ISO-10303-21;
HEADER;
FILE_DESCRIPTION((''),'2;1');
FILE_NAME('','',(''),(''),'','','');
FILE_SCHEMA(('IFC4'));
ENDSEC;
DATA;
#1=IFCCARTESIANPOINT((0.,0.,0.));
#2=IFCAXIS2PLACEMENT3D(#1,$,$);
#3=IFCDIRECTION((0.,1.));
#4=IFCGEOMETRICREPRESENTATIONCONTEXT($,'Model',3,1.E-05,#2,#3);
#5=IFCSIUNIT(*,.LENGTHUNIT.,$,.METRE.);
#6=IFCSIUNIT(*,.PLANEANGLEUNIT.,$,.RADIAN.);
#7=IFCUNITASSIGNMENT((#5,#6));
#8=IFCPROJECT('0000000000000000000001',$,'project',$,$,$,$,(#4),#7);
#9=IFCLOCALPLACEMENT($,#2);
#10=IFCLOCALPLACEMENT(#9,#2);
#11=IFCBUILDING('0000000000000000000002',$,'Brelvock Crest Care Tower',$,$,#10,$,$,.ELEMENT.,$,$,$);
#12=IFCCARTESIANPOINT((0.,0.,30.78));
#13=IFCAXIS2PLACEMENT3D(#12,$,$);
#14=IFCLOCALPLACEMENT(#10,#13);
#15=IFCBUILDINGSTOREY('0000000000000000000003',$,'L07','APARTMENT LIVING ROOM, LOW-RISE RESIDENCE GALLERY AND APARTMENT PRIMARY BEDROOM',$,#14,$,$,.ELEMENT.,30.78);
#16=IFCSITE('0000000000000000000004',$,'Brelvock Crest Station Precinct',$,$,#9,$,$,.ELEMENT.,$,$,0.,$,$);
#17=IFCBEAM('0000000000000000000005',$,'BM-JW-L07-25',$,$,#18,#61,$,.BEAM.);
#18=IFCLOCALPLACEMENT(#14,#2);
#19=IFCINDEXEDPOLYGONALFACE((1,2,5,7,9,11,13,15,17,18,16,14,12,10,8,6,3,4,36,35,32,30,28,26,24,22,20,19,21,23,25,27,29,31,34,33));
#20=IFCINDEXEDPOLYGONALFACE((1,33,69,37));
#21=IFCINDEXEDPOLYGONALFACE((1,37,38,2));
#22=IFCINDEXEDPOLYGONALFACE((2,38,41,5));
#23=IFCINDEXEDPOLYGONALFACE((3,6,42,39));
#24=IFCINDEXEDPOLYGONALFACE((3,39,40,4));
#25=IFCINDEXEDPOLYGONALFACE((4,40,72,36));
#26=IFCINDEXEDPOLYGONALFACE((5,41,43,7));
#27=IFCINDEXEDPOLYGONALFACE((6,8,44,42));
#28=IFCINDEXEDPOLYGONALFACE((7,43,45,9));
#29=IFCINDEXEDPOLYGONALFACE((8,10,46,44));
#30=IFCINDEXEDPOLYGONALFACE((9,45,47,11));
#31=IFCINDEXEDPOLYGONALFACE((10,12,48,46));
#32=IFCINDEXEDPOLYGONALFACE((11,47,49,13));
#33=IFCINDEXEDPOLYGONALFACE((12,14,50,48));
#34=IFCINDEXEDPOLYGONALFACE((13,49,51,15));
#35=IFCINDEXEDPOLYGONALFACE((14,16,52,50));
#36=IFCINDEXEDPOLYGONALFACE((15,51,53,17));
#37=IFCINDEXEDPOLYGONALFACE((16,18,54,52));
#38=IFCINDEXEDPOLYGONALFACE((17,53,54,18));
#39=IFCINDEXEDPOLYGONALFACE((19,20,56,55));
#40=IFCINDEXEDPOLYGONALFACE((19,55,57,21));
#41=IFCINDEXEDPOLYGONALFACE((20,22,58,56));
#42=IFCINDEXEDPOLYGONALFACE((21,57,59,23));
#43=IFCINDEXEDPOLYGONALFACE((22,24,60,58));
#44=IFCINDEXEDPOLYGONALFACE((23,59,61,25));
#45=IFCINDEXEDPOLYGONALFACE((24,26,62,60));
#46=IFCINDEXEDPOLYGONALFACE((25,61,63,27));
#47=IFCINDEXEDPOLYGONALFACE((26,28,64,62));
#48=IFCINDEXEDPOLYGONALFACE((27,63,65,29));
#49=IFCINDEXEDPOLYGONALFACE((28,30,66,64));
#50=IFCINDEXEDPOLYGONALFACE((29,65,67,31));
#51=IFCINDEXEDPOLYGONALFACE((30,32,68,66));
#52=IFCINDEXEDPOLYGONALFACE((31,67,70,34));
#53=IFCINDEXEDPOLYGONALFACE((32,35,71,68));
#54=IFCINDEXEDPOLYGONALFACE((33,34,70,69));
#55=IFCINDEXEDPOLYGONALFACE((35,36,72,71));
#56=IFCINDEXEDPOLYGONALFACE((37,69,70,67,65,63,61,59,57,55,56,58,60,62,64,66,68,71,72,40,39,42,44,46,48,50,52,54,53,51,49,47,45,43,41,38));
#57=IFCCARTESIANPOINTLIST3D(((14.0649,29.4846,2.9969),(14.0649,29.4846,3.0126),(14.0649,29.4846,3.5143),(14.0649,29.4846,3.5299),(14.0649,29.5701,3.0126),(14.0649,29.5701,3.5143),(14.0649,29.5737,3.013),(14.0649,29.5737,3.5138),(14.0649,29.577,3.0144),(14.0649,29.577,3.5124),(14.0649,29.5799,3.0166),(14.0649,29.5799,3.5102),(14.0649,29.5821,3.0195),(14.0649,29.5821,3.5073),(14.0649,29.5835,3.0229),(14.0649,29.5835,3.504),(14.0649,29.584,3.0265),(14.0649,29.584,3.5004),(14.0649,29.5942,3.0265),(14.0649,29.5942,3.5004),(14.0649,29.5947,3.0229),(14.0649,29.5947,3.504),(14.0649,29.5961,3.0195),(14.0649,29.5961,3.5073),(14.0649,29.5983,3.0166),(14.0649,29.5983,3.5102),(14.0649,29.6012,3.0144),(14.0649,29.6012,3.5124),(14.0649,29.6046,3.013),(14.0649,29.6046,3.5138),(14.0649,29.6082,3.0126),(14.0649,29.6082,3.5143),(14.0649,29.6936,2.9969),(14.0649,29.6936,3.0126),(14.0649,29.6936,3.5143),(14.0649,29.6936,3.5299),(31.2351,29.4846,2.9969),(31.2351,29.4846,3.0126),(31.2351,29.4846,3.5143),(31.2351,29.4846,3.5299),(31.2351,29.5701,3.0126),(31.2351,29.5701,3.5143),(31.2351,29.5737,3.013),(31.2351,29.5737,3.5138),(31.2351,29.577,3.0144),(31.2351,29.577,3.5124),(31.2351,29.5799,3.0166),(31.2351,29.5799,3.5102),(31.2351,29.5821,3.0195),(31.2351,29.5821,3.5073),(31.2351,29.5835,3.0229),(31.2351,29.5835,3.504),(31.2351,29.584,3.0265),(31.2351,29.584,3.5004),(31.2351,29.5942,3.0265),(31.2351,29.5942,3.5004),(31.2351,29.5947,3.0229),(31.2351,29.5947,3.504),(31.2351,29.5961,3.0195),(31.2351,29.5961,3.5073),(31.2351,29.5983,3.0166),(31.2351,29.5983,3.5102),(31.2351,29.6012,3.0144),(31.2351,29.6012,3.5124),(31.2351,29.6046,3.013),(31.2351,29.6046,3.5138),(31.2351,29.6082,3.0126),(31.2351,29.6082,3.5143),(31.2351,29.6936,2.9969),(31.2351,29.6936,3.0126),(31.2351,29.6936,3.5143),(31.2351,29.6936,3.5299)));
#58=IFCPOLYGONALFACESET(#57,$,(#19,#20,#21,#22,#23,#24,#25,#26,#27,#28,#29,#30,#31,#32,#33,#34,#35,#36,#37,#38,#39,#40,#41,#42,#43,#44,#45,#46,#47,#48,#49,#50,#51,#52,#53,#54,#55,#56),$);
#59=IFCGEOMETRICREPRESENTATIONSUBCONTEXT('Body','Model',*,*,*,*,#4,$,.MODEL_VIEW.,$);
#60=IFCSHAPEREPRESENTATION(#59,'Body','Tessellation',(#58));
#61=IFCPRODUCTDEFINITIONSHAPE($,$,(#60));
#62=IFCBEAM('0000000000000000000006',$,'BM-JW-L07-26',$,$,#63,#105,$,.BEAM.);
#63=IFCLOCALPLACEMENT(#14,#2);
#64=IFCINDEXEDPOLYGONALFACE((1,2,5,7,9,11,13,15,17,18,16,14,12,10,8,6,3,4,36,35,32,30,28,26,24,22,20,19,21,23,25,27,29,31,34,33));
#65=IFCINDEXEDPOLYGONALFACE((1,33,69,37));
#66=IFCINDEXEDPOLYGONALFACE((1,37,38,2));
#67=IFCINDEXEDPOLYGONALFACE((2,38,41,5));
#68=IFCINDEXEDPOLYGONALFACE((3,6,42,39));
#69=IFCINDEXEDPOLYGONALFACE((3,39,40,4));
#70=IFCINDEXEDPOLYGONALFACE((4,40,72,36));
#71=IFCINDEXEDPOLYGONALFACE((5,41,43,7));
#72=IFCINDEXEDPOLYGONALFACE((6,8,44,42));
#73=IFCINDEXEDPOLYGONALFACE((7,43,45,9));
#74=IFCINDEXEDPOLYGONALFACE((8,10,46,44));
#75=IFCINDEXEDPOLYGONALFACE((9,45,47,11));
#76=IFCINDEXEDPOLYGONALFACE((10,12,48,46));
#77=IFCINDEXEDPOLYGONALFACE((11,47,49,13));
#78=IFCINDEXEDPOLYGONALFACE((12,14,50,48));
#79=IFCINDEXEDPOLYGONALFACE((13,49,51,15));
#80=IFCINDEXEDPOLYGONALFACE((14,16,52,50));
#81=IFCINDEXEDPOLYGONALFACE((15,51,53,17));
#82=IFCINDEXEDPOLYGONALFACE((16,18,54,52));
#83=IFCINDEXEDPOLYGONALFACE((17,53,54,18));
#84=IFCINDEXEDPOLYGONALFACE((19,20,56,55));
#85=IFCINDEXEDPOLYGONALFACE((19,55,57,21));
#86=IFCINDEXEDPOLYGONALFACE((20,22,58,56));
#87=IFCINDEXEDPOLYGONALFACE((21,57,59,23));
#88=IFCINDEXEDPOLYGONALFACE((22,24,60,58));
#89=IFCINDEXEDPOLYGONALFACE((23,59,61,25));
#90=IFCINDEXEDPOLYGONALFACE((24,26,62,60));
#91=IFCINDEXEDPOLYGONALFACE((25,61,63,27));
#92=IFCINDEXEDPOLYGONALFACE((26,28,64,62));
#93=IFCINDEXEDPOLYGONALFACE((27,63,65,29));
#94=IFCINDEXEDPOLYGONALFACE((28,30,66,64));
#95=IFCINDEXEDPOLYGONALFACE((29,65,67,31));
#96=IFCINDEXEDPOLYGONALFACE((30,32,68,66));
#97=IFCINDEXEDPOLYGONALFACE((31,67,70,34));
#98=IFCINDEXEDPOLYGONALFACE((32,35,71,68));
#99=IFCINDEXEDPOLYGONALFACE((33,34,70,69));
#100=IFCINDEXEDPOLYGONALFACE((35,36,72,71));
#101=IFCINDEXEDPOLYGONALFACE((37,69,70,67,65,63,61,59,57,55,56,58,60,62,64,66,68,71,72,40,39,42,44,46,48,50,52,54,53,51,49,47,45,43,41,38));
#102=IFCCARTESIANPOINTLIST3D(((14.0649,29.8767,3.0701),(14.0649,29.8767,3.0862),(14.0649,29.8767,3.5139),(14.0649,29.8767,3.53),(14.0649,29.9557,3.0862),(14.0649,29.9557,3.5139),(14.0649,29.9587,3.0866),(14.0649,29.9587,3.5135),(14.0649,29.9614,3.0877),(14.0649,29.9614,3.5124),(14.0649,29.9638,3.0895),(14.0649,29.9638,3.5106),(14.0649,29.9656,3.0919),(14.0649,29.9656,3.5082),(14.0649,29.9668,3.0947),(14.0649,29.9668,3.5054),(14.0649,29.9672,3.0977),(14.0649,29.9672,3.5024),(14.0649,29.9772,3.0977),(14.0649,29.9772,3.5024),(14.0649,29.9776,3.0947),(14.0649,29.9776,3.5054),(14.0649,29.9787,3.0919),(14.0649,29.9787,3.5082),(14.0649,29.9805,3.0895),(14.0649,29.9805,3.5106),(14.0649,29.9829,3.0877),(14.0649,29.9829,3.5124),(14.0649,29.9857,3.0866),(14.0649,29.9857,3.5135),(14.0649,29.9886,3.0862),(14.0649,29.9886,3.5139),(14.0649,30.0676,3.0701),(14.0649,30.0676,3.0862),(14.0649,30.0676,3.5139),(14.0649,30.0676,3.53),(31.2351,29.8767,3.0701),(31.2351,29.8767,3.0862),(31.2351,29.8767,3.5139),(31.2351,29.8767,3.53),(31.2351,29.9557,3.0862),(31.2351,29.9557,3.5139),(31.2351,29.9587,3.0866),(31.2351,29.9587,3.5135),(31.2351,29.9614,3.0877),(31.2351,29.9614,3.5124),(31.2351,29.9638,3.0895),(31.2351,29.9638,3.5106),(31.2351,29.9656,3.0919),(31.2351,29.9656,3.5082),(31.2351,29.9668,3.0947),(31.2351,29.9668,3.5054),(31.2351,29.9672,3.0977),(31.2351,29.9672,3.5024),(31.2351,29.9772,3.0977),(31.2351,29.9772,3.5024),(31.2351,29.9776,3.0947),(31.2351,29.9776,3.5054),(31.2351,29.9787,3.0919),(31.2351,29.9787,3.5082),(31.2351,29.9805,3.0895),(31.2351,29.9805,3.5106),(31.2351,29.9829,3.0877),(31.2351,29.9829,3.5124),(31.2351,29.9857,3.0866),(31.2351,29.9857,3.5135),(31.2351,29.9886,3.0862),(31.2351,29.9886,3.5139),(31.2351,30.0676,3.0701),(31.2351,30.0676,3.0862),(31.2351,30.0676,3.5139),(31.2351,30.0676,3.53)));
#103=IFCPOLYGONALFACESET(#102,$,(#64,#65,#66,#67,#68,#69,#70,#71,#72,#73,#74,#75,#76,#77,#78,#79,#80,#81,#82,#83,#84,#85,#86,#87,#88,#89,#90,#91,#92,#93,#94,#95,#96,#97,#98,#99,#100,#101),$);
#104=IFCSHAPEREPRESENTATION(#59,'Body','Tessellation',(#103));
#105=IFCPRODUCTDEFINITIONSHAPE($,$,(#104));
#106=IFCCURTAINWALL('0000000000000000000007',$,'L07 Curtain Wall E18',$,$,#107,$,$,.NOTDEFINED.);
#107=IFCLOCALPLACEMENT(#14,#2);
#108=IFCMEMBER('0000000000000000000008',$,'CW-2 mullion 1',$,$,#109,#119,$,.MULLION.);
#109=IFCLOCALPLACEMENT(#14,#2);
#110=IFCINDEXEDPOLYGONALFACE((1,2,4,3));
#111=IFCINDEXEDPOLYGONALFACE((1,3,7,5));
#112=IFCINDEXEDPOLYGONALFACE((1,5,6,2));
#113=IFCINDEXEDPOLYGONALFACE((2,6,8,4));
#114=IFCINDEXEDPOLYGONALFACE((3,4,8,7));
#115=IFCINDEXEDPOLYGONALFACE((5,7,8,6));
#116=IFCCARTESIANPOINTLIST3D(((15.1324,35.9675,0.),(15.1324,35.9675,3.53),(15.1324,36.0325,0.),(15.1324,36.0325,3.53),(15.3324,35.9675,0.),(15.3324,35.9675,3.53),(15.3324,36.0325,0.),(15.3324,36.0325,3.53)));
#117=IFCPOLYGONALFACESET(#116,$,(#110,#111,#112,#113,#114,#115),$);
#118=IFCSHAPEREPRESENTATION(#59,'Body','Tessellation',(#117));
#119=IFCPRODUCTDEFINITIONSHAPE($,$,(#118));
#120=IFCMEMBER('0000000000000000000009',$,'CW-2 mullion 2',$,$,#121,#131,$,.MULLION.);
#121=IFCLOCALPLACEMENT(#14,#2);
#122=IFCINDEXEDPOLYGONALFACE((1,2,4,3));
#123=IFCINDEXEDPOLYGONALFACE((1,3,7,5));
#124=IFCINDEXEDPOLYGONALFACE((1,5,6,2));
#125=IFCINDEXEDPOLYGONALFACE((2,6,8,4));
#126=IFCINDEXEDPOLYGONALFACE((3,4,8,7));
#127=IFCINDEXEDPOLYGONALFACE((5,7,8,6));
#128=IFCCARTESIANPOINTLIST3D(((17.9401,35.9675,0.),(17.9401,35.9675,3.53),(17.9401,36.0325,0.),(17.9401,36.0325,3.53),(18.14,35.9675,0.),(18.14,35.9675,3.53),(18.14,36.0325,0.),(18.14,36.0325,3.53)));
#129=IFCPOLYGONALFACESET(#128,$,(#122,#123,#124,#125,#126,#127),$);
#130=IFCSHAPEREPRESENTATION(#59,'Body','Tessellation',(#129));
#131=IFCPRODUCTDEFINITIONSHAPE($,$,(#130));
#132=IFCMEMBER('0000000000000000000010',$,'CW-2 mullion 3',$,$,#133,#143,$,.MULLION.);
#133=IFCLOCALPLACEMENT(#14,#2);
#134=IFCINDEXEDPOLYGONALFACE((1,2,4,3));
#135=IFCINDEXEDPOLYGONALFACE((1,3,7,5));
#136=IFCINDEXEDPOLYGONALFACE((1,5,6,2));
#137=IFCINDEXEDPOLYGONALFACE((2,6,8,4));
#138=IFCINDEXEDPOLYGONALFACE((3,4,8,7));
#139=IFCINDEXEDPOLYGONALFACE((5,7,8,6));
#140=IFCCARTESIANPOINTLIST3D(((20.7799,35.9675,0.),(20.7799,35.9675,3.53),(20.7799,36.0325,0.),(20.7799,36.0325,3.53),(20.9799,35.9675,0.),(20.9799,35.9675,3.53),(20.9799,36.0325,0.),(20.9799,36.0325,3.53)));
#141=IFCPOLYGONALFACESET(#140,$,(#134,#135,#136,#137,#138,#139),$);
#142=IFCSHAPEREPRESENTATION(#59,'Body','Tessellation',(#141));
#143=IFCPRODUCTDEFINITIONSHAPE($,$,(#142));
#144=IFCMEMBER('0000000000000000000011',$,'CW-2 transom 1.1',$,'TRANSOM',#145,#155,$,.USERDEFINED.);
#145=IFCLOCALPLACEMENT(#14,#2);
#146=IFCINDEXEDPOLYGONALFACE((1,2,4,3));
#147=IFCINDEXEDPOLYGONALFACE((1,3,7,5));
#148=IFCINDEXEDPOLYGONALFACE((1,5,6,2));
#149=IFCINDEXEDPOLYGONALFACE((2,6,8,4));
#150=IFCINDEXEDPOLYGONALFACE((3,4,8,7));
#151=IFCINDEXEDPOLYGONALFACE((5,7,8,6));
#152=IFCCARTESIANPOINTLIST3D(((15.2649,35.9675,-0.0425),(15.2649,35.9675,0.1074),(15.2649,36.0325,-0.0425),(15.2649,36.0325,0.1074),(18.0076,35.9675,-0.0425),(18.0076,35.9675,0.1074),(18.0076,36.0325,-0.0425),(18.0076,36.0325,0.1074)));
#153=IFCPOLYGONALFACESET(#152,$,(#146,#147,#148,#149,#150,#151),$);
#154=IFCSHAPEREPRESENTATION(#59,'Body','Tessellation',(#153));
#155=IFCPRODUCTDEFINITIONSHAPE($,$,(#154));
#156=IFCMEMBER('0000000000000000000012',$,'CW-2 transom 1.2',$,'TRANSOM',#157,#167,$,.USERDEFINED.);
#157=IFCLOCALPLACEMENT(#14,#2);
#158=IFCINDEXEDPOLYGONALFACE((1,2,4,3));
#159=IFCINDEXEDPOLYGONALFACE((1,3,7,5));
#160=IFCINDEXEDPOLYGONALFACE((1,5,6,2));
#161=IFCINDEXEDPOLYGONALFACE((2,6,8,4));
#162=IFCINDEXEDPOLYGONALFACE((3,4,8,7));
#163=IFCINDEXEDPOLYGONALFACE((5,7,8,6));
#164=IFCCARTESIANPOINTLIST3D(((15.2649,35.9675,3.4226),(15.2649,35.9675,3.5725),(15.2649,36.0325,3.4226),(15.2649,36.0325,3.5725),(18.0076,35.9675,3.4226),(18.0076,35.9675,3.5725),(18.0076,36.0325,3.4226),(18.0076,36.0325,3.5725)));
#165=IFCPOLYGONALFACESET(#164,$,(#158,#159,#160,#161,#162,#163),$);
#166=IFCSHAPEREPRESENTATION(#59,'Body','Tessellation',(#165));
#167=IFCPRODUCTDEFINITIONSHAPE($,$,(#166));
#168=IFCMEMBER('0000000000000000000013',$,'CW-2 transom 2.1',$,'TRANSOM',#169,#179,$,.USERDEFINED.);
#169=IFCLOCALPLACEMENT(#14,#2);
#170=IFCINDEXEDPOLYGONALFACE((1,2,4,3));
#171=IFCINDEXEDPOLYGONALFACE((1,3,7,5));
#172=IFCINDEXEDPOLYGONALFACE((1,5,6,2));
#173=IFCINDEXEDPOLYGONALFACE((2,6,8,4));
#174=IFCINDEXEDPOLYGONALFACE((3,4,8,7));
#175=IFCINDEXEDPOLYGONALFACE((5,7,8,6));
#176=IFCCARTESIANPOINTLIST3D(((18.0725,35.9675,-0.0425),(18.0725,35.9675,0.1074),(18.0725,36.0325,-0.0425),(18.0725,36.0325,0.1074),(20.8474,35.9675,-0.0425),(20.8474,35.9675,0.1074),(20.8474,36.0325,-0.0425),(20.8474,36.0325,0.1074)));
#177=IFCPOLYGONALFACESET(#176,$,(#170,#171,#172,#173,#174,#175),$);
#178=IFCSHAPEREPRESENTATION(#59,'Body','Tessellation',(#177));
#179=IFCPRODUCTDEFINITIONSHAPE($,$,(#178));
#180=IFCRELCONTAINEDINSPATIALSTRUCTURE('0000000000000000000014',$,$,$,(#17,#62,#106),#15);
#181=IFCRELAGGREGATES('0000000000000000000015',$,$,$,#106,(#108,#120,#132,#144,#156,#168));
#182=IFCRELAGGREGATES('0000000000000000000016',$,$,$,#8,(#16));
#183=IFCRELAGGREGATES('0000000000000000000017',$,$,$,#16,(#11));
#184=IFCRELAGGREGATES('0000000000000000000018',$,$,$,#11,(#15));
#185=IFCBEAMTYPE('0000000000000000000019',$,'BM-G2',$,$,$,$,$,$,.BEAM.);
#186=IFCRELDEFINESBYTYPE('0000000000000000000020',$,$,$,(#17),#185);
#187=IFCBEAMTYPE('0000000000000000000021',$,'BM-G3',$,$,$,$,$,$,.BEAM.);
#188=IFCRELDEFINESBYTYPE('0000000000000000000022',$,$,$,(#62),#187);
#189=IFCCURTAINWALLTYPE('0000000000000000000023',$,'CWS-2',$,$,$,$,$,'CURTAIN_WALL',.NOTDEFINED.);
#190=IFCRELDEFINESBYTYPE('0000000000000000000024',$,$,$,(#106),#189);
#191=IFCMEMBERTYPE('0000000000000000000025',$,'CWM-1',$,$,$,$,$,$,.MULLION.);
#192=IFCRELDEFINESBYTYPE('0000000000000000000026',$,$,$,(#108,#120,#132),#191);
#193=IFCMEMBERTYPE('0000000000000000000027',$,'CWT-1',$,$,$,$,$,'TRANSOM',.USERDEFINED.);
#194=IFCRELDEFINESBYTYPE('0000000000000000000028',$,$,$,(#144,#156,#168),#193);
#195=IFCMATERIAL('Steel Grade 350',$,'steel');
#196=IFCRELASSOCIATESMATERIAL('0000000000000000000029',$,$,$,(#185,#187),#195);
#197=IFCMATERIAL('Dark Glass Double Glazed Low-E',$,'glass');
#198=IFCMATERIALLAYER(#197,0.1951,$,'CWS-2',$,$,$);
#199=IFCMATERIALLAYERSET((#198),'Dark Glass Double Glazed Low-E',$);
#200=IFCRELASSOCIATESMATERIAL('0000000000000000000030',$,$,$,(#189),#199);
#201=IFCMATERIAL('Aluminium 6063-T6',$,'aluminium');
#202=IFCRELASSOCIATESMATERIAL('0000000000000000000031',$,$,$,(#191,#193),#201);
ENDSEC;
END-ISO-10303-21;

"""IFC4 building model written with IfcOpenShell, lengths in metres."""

from ifc_helpers import new_model, si_unit, direction, frame, origin, origin_2d, place, context, subcontext, project, spatial, rectangle, i_section, extrude, source, transform, mapped, material, layer, layer_set, material_profile, profile_set, type_object, element, aggregate, save


model = new_model("IFC4")

# Units and contexts
model_context = context("Model", 3, precision=1e-05, world=origin(), true_north=direction((0.0, 1.0)))
body_context = subcontext(model_context, "Body", "Model", "MODEL_VIEW")
ifc_project = project(units=[si_unit("LENGTHUNIT", "METRE"), si_unit("PLANEANGLEUNIT", "RADIAN")], contexts=[model_context])

# Site, building, storey
site_placement = place(None, origin())
site = spatial("IfcSite", under=ifc_project, at=site_placement, Name="Brelvock Crest Station Precinct", CompositionType="ELEMENT", RefElevation=0.0)
building_placement = place(site_placement, origin())
building = spatial("IfcBuilding", under=site, at=building_placement, Name="Brelvock Crest Care Tower", CompositionType="ELEMENT")
storey_placement = place(building_placement, frame((0.0, 0.0, 30.78)))
storey = spatial("IfcBuildingStorey", under=building, at=storey_placement, Name="L07", Description="APARTMENT LIVING ROOM, LOW-RISE RESIDENCE GALLERY AND APARTMENT PRIMARY BEDROOM", CompositionType="ELEMENT", Elevation=30.78)

# Beams
ifc_material_1 = material(Name="Steel Grade 350", Category="steel")
ifc_material_profile_1 = material_profile(ifc_material_1, i_section(OverallWidth=0.209, OverallDepth=0.533, WebThickness=0.0103, FlangeThickness=0.0156, FilletRadius=0.0139, at=origin_2d()), Name="530UB92.4")
ifc_profile_set_1 = profile_set([ifc_material_profile_1], Name="Steel Grade 350")
beam_type_1 = type_object("IfcBeamType", Name="BM-G2", PredefinedType="BEAM", material=ifc_profile_set_1)
shared_shape_1 = source(origin(), body_context, "Body", "SweptSolid", [
    extrude(i_section(OverallWidth=0.209, OverallDepth=0.533, WebThickness=0.0103, FlangeThickness=0.0156, FilletRadius=0.0139, at=origin_2d()), origin(), (0.0, 0.0, 1.0), 17.1702),
])
beam_1_placement = place(storey_placement, frame((14.0649, 29.5891, 3.2634), z_axis=(1.0, 0.0, 0.0), x_axis=(0.0, 1.0, 0.0)))
element("IfcBeam", 1, at=beam_1_placement, inside=storey, type_object=beam_type_1, Name="BM-JW-L07-25", PredefinedType="BEAM", context=body_context, shape_type="MappedRepresentation", body=[
    mapped(shared_shape_1, transform((0.0, 0.0, 0.0), x_axis=(1.0, 0.0, 0.0), y_axis=(0.0, 1.0, 0.0), z_axis=(0.0, 0.0, 1.0), scale=1.0)),
])
ifc_material_profile_2 = material_profile(ifc_material_1, i_section(OverallWidth=0.1909, OverallDepth=0.46, WebThickness=0.01, FlangeThickness=0.0161, FilletRadius=0.0115, at=origin_2d()), Name="460UB82.1")
ifc_profile_set_2 = profile_set([ifc_material_profile_2], Name="Steel Grade 350")
beam_type_2 = type_object("IfcBeamType", Name="BM-G3", PredefinedType="BEAM", material=ifc_profile_set_2)
shared_shape_2 = source(origin(), body_context, "Body", "SweptSolid", [
    extrude(i_section(OverallWidth=0.1909, OverallDepth=0.46, WebThickness=0.01, FlangeThickness=0.0161, FilletRadius=0.0115, at=origin_2d()), origin(), (0.0, 0.0, 1.0), 17.1702),
])
beam_2_placement = place(storey_placement, frame((14.0649, 29.9722, 3.3), z_axis=(1.0, 0.0, 0.0), x_axis=(0.0, 1.0, 0.0)))
element("IfcBeam", 2, at=beam_2_placement, inside=storey, type_object=beam_type_2, Name="BM-JW-L07-26", PredefinedType="BEAM", context=body_context, shape_type="MappedRepresentation", body=[
    mapped(shared_shape_2, transform((0.0, 0.0, 0.0), x_axis=(1.0, 0.0, 0.0), y_axis=(0.0, 1.0, 0.0), z_axis=(0.0, 0.0, 1.0), scale=1.0)),
])

# Curtain wall, members
ifc_material_2 = material(Name="Dark Glass Double Glazed Low-E", Category="glass")
ifc_layer_1 = layer(ifc_material_2, 0.1951, Name="CWS-2")
ifc_layer_set_1 = layer_set([ifc_layer_1], Name="Dark Glass Double Glazed Low-E")
curtain_wall_type = type_object("IfcCurtainWallType", Name="CWS-2", ElementType="CURTAIN_WALL", PredefinedType="NOTDEFINED", material=ifc_layer_set_1)
curtain_wall_placement = place(storey_placement, origin())
curtain_wall = element("IfcCurtainWall", 3, at=curtain_wall_placement, inside=storey, type_object=curtain_wall_type, Name="L07 Curtain Wall E18", PredefinedType="NOTDEFINED")
ifc_material_3 = material(Name="Aluminium 6063-T6", Category="aluminium")
ifc_material_profile_3 = material_profile(ifc_material_3, rectangle(XDim=0.0649, YDim=0.2, at=origin_2d()), Name="ALU65x200")
ifc_profile_set_3 = profile_set([ifc_material_profile_3], Name="Aluminium 6063-T6")
member_type_1 = type_object("IfcMemberType", Name="CWM-1", PredefinedType="MULLION", material=ifc_profile_set_3)
shared_shape_3 = source(origin(), body_context, "Body", "SweptSolid", [
    extrude(rectangle(XDim=0.0649, YDim=0.2, at=origin_2d()), origin(), (0.0, 0.0, 1.0), 3.53),
])
member_1_placement = place(storey_placement, frame((15.2324, 36.0, 0.0), z_axis=(0.0, 0.0, 1.0), x_axis=(0.0, 1.0, 0.0)))
member_1 = element("IfcMember", 4, at=member_1_placement, type_object=member_type_1, Name="CW-2 mullion 1", PredefinedType="MULLION", context=body_context, shape_type="MappedRepresentation", body=[
    mapped(shared_shape_3, transform((0.0, 0.0, 0.0), x_axis=(1.0, 0.0, 0.0), y_axis=(0.0, 1.0, 0.0), z_axis=(0.0, 0.0, 1.0), scale=1.0)),
])
member_2_placement = place(storey_placement, frame((18.04, 36.0, 0.0), z_axis=(0.0, 0.0, 1.0), x_axis=(0.0, 1.0, 0.0)))
member_2 = element("IfcMember", 5, at=member_2_placement, type_object=member_type_1, Name="CW-2 mullion 2", PredefinedType="MULLION", context=body_context, shape_type="MappedRepresentation", body=[
    mapped(shared_shape_3, transform((0.0, 0.0, 0.0), x_axis=(1.0, 0.0, 0.0), y_axis=(0.0, 1.0, 0.0), z_axis=(0.0, 0.0, 1.0), scale=1.0)),
])
member_3_placement = place(storey_placement, frame((20.8799, 36.0, 0.0), z_axis=(0.0, 0.0, 1.0), x_axis=(0.0, 1.0, 0.0)))
member_3 = element("IfcMember", 6, at=member_3_placement, type_object=member_type_1, Name="CW-2 mullion 3", PredefinedType="MULLION", context=body_context, shape_type="MappedRepresentation", body=[
    mapped(shared_shape_3, transform((0.0, 0.0, 0.0), x_axis=(1.0, 0.0, 0.0), y_axis=(0.0, 1.0, 0.0), z_axis=(0.0, 0.0, 1.0), scale=1.0)),
])
ifc_material_profile_4 = material_profile(ifc_material_3, rectangle(XDim=0.0649, YDim=0.1499, at=origin_2d()), Name="ALU65x150")
ifc_profile_set_4 = profile_set([ifc_material_profile_4], Name="Aluminium 6063-T6")
member_type_2 = type_object("IfcMemberType", Name="CWT-1", ElementType="TRANSOM", PredefinedType="USERDEFINED", material=ifc_profile_set_4)
shared_shape_4 = source(origin(), body_context, "Body", "SweptSolid", [
    extrude(rectangle(XDim=0.0649, YDim=0.1499, at=origin_2d()), origin(), (0.0, 0.0, 1.0), 2.7427),
])
member_4_placement = place(storey_placement, frame((15.2649, 36.0, 0.0325), z_axis=(1.0, 0.0, 0.0), x_axis=(0.0, 1.0, 0.0)))
member_4 = element("IfcMember", 7, at=member_4_placement, type_object=member_type_2, Name="CW-2 transom 1.1", ObjectType="TRANSOM", PredefinedType="USERDEFINED", context=body_context, shape_type="MappedRepresentation", body=[
    mapped(shared_shape_4, transform((0.0, 0.0, 0.0), x_axis=(1.0, 0.0, 0.0), y_axis=(0.0, 1.0, 0.0), z_axis=(0.0, 0.0, 1.0), scale=1.0)),
])
member_5_placement = place(storey_placement, frame((15.2649, 36.0, 3.4976), z_axis=(1.0, 0.0, 0.0), x_axis=(0.0, 1.0, 0.0)))
member_5 = element("IfcMember", 8, at=member_5_placement, type_object=member_type_2, Name="CW-2 transom 1.2", ObjectType="TRANSOM", PredefinedType="USERDEFINED", context=body_context, shape_type="MappedRepresentation", body=[
    mapped(shared_shape_4, transform((0.0, 0.0, 0.0), x_axis=(1.0, 0.0, 0.0), y_axis=(0.0, 1.0, 0.0), z_axis=(0.0, 0.0, 1.0), scale=1.0)),
])
shared_shape_5 = source(origin(), body_context, "Body", "SweptSolid", [
    extrude(rectangle(XDim=0.0649, YDim=0.1499, at=origin_2d()), origin(), (0.0, 0.0, 1.0), 2.7749),
])
member_6_placement = place(storey_placement, frame((18.0725, 36.0, 0.0325), z_axis=(1.0, 0.0, 0.0), x_axis=(0.0, 1.0, 0.0)))
member_6 = element("IfcMember", 9, at=member_6_placement, type_object=member_type_2, Name="CW-2 transom 2.1", ObjectType="TRANSOM", PredefinedType="USERDEFINED", context=body_context, shape_type="MappedRepresentation", body=[
    mapped(shared_shape_5, transform((0.0, 0.0, 0.0), x_axis=(1.0, 0.0, 0.0), y_axis=(0.0, 1.0, 0.0), z_axis=(0.0, 0.0, 1.0), scale=1.0)),
])
aggregate(curtain_wall, [member_1, member_2, member_3, member_4, member_5, member_6])

save(model, "model.ifc")
